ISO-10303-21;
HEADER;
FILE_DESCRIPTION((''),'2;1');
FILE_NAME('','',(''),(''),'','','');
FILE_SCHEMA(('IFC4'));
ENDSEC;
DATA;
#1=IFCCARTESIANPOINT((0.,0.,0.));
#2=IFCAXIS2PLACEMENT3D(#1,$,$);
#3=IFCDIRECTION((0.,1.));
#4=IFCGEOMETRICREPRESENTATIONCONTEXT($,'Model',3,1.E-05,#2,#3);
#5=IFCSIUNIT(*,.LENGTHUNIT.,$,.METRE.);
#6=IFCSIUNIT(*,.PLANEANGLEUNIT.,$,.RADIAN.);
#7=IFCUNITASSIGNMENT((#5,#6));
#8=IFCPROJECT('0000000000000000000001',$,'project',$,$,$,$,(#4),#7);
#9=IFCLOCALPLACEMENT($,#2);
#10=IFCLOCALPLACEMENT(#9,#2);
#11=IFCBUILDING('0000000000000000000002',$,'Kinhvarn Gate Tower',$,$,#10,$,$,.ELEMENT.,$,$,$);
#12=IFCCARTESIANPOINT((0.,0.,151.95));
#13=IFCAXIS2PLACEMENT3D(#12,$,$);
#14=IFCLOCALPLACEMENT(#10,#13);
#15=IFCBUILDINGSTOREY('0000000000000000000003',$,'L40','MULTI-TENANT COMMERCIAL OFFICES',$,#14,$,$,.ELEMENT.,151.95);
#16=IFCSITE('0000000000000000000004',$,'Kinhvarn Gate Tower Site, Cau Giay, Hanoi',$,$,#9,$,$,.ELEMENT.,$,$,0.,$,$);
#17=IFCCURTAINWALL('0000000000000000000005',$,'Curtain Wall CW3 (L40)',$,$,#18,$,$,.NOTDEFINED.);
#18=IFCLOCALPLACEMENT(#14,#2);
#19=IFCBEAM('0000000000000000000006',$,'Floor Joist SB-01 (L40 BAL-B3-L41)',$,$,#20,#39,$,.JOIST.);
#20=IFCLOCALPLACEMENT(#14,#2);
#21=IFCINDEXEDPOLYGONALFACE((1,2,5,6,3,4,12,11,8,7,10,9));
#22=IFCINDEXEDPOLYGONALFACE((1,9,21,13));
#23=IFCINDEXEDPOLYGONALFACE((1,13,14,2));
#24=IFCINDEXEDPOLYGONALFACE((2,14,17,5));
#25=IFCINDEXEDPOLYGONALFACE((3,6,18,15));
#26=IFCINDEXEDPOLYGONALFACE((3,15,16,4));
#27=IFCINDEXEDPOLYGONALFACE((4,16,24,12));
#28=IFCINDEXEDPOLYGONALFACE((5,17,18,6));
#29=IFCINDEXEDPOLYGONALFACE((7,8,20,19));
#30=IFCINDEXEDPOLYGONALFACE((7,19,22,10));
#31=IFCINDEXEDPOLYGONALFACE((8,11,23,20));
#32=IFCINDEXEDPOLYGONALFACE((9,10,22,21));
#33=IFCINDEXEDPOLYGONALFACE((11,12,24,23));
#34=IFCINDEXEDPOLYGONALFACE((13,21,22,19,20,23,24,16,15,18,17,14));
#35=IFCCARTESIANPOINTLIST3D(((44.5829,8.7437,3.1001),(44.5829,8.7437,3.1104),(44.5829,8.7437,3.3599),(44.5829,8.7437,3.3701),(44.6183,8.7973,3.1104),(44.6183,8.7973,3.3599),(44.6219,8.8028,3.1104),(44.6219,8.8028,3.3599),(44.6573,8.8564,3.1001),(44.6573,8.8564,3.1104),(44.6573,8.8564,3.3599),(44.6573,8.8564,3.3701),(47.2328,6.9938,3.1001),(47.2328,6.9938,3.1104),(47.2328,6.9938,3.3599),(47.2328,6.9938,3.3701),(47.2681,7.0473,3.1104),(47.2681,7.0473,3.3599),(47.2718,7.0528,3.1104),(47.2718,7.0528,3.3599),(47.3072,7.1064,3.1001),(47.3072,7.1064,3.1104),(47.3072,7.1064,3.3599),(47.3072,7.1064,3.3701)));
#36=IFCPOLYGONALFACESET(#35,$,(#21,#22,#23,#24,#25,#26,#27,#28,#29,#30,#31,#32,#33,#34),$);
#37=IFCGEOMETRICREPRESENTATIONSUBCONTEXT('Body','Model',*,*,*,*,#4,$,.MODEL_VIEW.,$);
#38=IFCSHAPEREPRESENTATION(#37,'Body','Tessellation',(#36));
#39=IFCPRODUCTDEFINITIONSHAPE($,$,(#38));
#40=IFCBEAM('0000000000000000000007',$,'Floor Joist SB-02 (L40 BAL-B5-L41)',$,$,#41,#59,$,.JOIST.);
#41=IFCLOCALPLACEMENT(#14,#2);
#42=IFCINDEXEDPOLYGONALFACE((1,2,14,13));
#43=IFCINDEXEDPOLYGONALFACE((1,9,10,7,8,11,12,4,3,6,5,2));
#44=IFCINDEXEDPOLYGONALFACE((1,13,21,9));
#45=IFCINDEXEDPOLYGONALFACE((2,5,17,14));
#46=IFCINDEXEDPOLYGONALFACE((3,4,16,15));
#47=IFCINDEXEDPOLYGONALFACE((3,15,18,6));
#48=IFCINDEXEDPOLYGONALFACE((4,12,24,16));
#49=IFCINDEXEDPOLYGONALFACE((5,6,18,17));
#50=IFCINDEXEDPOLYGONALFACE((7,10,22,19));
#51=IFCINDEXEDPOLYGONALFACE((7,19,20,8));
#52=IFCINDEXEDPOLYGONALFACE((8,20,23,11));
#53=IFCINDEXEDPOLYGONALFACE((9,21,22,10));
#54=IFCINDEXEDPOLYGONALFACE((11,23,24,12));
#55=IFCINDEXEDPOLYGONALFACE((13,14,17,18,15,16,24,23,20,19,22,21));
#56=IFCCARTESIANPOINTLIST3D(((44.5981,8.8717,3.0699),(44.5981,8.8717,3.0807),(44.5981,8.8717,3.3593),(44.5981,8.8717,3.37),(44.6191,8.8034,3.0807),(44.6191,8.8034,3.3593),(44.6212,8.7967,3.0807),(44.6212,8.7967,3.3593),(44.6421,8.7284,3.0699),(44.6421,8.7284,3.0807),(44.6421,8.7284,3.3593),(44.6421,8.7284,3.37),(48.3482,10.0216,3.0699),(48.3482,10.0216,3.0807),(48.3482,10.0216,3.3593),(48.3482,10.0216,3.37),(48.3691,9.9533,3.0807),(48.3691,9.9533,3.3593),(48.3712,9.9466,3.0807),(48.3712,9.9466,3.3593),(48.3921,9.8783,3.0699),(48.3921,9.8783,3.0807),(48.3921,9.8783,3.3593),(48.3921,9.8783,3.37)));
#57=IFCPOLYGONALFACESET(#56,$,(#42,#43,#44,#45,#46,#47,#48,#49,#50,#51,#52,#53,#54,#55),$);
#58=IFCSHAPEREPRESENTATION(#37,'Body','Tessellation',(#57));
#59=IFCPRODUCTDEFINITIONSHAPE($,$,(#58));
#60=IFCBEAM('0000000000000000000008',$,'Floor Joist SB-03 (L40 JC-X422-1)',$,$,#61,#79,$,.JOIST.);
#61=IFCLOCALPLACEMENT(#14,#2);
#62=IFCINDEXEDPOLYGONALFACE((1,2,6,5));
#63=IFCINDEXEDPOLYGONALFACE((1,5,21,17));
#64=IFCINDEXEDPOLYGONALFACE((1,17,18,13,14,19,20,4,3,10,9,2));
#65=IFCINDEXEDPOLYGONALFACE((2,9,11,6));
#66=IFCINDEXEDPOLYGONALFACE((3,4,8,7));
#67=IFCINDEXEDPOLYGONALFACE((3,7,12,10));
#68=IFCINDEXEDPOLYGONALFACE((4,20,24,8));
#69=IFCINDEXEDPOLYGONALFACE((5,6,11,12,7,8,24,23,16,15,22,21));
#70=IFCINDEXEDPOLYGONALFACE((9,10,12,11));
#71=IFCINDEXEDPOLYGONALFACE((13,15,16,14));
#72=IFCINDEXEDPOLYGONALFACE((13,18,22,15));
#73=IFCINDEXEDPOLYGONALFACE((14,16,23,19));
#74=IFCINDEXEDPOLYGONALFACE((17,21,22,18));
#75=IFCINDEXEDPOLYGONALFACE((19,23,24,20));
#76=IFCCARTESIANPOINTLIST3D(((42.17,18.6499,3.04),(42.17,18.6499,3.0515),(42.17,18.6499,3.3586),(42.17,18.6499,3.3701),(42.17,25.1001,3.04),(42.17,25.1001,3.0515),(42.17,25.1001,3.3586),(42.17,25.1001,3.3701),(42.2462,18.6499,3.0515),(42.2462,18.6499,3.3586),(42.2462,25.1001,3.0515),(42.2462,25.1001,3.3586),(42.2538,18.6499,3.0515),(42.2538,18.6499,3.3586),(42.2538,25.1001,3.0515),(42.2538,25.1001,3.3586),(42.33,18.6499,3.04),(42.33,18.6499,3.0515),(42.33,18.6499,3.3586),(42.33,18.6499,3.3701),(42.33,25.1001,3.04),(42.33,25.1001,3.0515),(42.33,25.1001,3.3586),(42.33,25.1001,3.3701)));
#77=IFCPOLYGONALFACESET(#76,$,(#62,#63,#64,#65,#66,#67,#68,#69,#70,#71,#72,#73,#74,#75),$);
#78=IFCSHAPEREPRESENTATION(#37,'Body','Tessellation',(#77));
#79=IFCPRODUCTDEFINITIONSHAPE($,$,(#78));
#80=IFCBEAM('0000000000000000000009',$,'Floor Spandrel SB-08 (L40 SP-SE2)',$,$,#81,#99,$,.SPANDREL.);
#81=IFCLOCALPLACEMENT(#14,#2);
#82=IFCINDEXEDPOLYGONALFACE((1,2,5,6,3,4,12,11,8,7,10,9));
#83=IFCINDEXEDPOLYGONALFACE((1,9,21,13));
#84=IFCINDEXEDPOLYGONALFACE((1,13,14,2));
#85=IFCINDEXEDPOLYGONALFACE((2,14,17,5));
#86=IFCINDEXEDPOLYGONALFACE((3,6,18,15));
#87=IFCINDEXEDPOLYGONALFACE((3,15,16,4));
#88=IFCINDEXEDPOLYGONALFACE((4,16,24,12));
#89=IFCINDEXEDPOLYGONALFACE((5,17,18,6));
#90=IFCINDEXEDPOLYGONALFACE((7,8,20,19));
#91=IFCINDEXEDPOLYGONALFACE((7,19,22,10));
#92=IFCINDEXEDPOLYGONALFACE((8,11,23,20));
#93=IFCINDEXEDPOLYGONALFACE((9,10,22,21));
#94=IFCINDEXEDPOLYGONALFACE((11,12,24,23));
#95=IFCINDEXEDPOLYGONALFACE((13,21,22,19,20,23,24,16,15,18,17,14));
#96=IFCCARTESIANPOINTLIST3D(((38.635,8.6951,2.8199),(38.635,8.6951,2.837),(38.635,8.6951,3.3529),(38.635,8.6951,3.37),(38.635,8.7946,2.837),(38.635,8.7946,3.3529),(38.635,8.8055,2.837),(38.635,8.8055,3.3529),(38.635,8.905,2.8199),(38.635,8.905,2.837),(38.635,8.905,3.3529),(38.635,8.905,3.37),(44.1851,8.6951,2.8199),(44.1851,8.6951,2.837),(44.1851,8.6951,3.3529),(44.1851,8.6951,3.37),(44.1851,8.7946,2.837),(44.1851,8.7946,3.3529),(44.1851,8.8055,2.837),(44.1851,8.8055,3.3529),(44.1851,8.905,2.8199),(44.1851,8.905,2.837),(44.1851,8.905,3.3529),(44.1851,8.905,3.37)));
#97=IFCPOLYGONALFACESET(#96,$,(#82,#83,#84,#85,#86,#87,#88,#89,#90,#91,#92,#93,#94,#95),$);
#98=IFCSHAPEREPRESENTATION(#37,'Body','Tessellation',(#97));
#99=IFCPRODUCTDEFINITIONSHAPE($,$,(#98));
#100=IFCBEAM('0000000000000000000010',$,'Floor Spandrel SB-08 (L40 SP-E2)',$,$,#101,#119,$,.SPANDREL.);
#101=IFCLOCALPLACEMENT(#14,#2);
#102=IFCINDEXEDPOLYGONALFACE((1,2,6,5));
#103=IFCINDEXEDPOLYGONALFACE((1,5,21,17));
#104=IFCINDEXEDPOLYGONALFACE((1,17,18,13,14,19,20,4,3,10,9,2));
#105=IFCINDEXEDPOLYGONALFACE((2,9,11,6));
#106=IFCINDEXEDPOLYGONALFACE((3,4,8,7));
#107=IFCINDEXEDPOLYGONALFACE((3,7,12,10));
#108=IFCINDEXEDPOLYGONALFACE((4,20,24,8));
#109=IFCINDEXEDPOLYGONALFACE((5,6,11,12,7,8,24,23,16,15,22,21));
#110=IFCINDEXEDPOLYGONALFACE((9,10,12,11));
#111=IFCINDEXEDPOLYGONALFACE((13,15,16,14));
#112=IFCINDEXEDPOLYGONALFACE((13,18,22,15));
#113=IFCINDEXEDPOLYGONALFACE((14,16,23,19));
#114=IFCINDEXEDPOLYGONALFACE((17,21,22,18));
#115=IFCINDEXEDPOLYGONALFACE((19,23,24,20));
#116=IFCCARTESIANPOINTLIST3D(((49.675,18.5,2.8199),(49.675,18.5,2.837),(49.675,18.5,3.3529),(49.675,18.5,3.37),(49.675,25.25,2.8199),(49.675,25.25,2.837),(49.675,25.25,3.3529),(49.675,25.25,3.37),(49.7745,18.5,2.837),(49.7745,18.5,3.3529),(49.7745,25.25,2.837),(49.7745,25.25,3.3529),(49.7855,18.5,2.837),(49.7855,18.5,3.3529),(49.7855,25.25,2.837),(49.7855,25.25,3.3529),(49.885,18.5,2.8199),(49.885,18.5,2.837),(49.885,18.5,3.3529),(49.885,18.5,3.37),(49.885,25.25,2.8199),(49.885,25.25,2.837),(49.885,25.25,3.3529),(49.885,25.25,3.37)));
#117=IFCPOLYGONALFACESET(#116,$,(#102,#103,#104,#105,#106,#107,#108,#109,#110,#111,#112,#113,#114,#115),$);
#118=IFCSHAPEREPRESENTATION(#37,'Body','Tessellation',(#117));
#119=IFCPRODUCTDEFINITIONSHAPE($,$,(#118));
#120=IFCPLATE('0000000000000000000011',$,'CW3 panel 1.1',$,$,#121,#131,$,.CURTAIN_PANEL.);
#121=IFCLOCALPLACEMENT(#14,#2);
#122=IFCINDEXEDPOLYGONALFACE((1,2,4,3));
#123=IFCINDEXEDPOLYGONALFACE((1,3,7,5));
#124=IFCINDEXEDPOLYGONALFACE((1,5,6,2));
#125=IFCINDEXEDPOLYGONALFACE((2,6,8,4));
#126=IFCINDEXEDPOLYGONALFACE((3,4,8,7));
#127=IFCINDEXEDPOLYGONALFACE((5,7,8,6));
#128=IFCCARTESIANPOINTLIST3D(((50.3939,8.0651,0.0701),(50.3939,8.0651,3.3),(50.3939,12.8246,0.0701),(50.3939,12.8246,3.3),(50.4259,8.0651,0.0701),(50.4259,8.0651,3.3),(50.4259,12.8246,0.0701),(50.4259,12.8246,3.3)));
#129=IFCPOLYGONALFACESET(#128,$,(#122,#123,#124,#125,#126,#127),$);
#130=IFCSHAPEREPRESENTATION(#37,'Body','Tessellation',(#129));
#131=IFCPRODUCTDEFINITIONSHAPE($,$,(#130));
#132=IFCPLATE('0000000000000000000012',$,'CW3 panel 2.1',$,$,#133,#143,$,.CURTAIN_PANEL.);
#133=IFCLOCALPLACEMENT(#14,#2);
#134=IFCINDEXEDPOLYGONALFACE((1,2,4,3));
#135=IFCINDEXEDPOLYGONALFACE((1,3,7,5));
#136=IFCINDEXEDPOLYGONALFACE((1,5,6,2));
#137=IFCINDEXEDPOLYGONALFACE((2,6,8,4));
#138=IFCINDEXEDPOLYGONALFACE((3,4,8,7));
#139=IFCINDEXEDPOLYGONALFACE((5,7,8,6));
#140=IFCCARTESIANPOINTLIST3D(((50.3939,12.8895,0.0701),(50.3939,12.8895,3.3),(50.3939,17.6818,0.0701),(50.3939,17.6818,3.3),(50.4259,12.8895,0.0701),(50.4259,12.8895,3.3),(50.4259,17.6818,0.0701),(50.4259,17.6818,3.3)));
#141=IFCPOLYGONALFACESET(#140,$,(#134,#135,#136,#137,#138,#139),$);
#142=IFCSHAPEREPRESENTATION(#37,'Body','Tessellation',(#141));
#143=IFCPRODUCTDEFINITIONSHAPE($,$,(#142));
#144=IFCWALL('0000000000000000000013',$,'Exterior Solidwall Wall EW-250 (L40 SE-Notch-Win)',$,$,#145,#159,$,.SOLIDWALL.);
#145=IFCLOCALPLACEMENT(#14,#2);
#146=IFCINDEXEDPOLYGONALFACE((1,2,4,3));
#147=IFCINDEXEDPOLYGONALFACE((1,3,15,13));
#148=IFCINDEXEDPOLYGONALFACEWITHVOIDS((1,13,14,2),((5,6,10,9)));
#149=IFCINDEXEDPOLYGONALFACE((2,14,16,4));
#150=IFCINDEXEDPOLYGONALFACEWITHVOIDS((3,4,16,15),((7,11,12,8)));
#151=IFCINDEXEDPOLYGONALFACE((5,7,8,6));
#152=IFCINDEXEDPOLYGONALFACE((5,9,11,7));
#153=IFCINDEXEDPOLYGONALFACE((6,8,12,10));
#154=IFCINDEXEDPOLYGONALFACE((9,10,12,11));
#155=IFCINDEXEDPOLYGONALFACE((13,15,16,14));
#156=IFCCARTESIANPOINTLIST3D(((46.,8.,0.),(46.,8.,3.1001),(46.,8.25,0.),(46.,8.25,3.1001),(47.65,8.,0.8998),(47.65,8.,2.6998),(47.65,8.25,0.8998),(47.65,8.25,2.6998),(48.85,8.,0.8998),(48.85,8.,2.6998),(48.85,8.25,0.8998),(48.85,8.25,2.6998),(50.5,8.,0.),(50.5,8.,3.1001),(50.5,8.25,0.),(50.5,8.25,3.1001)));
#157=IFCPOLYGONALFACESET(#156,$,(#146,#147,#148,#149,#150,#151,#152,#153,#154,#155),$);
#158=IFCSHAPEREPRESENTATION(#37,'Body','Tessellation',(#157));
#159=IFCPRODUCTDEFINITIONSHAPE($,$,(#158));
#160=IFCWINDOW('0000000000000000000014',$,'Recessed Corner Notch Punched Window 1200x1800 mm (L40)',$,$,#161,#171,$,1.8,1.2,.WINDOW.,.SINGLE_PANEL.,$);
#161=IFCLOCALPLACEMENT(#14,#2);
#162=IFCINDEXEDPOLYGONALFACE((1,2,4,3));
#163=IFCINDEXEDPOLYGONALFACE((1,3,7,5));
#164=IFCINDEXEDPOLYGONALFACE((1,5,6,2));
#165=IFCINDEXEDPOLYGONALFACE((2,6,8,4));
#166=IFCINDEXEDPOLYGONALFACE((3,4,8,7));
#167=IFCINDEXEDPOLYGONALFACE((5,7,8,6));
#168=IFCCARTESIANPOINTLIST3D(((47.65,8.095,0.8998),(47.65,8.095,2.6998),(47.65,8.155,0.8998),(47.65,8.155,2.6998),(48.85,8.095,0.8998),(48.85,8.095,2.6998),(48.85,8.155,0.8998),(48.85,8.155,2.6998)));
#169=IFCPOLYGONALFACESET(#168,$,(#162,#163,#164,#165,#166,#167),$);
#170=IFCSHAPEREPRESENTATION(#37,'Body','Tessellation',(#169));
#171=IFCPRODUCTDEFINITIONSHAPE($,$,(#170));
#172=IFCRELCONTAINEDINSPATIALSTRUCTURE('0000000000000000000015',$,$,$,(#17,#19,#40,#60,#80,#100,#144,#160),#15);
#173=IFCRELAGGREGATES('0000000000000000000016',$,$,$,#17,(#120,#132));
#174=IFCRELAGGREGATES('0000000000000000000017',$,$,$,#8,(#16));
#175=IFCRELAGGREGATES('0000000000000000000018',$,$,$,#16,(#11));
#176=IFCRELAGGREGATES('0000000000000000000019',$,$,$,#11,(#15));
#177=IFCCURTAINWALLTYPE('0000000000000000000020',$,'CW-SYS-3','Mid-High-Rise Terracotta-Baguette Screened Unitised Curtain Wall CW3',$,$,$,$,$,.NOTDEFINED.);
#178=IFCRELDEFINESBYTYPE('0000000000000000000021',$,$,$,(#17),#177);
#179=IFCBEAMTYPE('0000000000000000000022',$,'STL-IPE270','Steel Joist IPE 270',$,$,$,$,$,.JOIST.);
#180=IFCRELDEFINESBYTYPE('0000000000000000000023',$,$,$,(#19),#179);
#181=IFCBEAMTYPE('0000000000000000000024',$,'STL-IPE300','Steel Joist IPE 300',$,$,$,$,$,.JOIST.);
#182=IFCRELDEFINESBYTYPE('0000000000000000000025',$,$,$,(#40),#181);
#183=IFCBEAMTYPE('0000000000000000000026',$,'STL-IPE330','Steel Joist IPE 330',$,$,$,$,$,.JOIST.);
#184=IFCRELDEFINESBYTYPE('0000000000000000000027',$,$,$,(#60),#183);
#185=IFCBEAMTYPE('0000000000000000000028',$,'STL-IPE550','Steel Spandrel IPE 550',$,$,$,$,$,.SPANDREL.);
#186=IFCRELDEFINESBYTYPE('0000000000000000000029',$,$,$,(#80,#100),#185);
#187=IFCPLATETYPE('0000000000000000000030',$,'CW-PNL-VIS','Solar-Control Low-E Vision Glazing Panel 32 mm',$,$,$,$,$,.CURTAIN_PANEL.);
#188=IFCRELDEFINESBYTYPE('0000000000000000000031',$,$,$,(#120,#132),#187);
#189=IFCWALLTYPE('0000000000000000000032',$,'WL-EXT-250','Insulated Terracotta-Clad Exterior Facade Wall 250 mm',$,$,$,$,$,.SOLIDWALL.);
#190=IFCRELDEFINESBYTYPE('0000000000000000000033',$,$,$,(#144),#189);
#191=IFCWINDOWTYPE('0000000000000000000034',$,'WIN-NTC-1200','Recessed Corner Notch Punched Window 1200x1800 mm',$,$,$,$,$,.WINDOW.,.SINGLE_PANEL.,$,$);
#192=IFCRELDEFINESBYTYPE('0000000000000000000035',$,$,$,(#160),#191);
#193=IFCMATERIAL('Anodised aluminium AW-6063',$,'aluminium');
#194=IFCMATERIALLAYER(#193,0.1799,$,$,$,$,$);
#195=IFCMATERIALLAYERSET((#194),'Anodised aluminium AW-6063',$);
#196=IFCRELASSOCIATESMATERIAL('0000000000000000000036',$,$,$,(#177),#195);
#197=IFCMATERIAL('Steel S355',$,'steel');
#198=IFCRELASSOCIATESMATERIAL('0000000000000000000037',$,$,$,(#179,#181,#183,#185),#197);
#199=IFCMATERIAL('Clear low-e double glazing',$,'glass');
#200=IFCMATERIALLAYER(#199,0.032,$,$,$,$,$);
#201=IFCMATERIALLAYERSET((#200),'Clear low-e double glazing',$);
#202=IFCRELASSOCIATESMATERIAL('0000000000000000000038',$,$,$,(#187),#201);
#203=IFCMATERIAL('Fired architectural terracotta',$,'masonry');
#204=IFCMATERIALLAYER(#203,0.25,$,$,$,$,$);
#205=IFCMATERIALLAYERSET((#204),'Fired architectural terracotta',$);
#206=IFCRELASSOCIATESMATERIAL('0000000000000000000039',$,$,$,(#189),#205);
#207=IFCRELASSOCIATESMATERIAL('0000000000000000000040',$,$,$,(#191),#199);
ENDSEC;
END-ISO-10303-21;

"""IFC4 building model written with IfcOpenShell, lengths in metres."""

from ifc_helpers import new_model, si_unit, direction, frame, frame_2d, origin, origin_2d, place, context, subcontext, project, spatial, rectangle, i_section, extrude, material, layer, layer_set, material_profile, profile_set, type_object, element, fill, aggregate, save


model = new_model("IFC4")

# Units and contexts
model_context = context("Model", 3, precision=1e-05, world=origin(), true_north=direction((0.0, 1.0)))
body_context = subcontext(model_context, "Body", "Model", "MODEL_VIEW")
ifc_project = project(units=[si_unit("LENGTHUNIT", "METRE"), si_unit("PLANEANGLEUNIT", "RADIAN")], contexts=[model_context])

# Site, building, storey
site_placement = place(None, origin())
site = spatial("IfcSite", under=ifc_project, at=site_placement, Name="Kinhvarn Gate Tower Site, Cau Giay, Hanoi", CompositionType="ELEMENT", RefElevation=0.0)
building_placement = place(site_placement, origin())
building = spatial("IfcBuilding", under=site, at=building_placement, Name="Kinhvarn Gate Tower", CompositionType="ELEMENT")
storey_placement = place(building_placement, frame((0.0, 0.0, 151.95)))
storey = spatial("IfcBuildingStorey", under=building, at=storey_placement, Name="L40", Description="MULTI-TENANT COMMERCIAL OFFICES", CompositionType="ELEMENT", Elevation=151.95)

# Curtain wall
ifc_material_1 = material(Name="Anodised aluminium AW-6063", Category="aluminium")
ifc_layer_1 = layer(ifc_material_1, 0.1799)
ifc_layer_set_1 = layer_set([ifc_layer_1], Name="Anodised aluminium AW-6063")
curtain_wall_type = type_object("IfcCurtainWallType", Name="CW-SYS-3", Description="Mid-High-Rise Terracotta-Baguette Screened Unitised Curtain Wall CW3", PredefinedType="NOTDEFINED", material=ifc_layer_set_1)
curtain_wall_placement = place(storey_placement, origin())
curtain_wall = element("IfcCurtainWall", 1, at=curtain_wall_placement, inside=storey, type_object=curtain_wall_type, Name="Curtain Wall CW3 (L40)", PredefinedType="NOTDEFINED")

# Beams
ifc_material_2 = material(Name="Steel S355", Category="steel")
ifc_material_profile_1 = material_profile(ifc_material_2, i_section(OverallWidth=0.135, OverallDepth=0.27, WebThickness=0.0066, FlangeThickness=0.0103, at=origin_2d()), Name="IPE 270")
ifc_profile_set_1 = profile_set([ifc_material_profile_1], Name="Steel S355")
beam_type_1 = type_object("IfcBeamType", Name="STL-IPE270", Description="Steel Joist IPE 270", PredefinedType="JOIST", material=ifc_profile_set_1)
beam_1_placement = place(storey_placement, frame((44.6201, 8.8, 3.2351), z_axis=(0.834455, -0.551076, 0.0), x_axis=(0.551076, 0.834455, 0.0)))
element("IfcBeam", 2, at=beam_1_placement, inside=storey, type_object=beam_type_1, Name="Floor Joist SB-01 (L40 BAL-B3-L41)", PredefinedType="JOIST", context=body_context, shape_type="SweptSolid", body=[
    extrude(i_section(OverallWidth=0.135, OverallDepth=0.27, WebThickness=0.0066, FlangeThickness=0.0103, at=origin_2d()), origin(), (0.0, 0.0, 1.0), 3.1755),
])
ifc_material_profile_2 = material_profile(ifc_material_2, i_section(OverallWidth=0.1499, OverallDepth=0.3, WebThickness=0.0071, FlangeThickness=0.0107, at=origin_2d()), Name="IPE 300")
ifc_profile_set_2 = profile_set([ifc_material_profile_2], Name="Steel S355")
beam_type_2 = type_object("IfcBeamType", Name="STL-IPE300", Description="Steel Joist IPE 300", PredefinedType="JOIST", material=ifc_profile_set_2)
beam_2_placement = place(storey_placement, frame((44.6201, 8.8, 3.22), z_axis=(0.956061, 0.293167, 0.0), x_axis=(-0.293167, 0.956061, 0.0)))
element("IfcBeam", 3, at=beam_2_placement, inside=storey, type_object=beam_type_2, Name="Floor Joist SB-02 (L40 BAL-B5-L41)", PredefinedType="JOIST", context=body_context, shape_type="SweptSolid", body=[
    extrude(i_section(OverallWidth=0.1499, OverallDepth=0.3, WebThickness=0.0071, FlangeThickness=0.0107, at=origin_2d()), origin(), (0.0, 0.0, 1.0), 3.9224),
])
ifc_material_profile_3 = material_profile(ifc_material_2, i_section(OverallWidth=0.1599, OverallDepth=0.3301, WebThickness=0.0076, FlangeThickness=0.0115, at=origin_2d()), Name="IPE 330")
ifc_profile_set_3 = profile_set([ifc_material_profile_3], Name="Steel S355")
beam_type_3 = type_object("IfcBeamType", Name="STL-IPE330", Description="Steel Joist IPE 330", PredefinedType="JOIST", material=ifc_profile_set_3)
beam_3_placement = place(storey_placement, frame((42.25, 18.6499, 3.2051), z_axis=(0.0, 1.0, 0.0), x_axis=(-1.0, 0.0, 0.0)))
element("IfcBeam", 4, at=beam_3_placement, inside=storey, type_object=beam_type_3, Name="Floor Joist SB-03 (L40 JC-X422-1)", PredefinedType="JOIST", context=body_context, shape_type="SweptSolid", body=[
    extrude(i_section(OverallWidth=0.1599, OverallDepth=0.3301, WebThickness=0.0076, FlangeThickness=0.0115, at=origin_2d()), origin(), (0.0, 0.0, 1.0), 6.4502),
])
ifc_material_profile_4 = material_profile(ifc_material_2, i_section(OverallWidth=0.21, OverallDepth=0.55, WebThickness=0.011, FlangeThickness=0.0171, at=origin_2d()), Name="IPE 550")
ifc_profile_set_4 = profile_set([ifc_material_profile_4], Name="Steel S355")
beam_type_4 = type_object("IfcBeamType", Name="STL-IPE550", Description="Steel Spandrel IPE 550", PredefinedType="SPANDREL", material=ifc_profile_set_4)
beam_4_placement = place(storey_placement, frame((38.635, 8.8, 3.095), z_axis=(1.0, 0.0, 0.0), x_axis=(0.0, 1.0, 0.0)))
element("IfcBeam", 5, at=beam_4_placement, inside=storey, type_object=beam_type_4, Name="Floor Spandrel SB-08 (L40 SP-SE2)", PredefinedType="SPANDREL", context=body_context, shape_type="SweptSolid", body=[
    extrude(i_section(OverallWidth=0.21, OverallDepth=0.55, WebThickness=0.011, FlangeThickness=0.0171, at=origin_2d()), origin(), (0.0, 0.0, 1.0), 5.55),
])
beam_5_placement = place(storey_placement, frame((49.78, 18.5, 3.095), z_axis=(0.0, 1.0, 0.0), x_axis=(-1.0, 0.0, 0.0)))
element("IfcBeam", 6, at=beam_5_placement, inside=storey, type_object=beam_type_4, Name="Floor Spandrel SB-08 (L40 SP-E2)", PredefinedType="SPANDREL", context=body_context, shape_type="SweptSolid", body=[
    extrude(i_section(OverallWidth=0.21, OverallDepth=0.55, WebThickness=0.011, FlangeThickness=0.0171, at=origin_2d()), origin(), (0.0, 0.0, 1.0), 6.75),
])

# Plates
ifc_material_3 = material(Name="Clear low-e double glazing", Category="glass")
ifc_layer_2 = layer(ifc_material_3, 0.032)
ifc_layer_set_2 = layer_set([ifc_layer_2], Name="Clear low-e double glazing")
plate_type = type_object("IfcPlateType", Name="CW-PNL-VIS", Description="Solar-Control Low-E Vision Glazing Panel 32 mm", PredefinedType="CURTAIN_PANEL", material=ifc_layer_set_2)
plate_1_placement = place(storey_placement, frame((50.4099, 10.4448, 0.0701), z_axis=(0.0, 0.0, 1.0), x_axis=(0.0, 1.0, 0.0)))
plate_1 = element("IfcPlate", 7, at=plate_1_placement, type_object=plate_type, Name="CW3 panel 1.1", PredefinedType="CURTAIN_PANEL", context=body_context, shape_type="SweptSolid", body=[
    extrude(rectangle(XDim=4.7595, YDim=0.032, at=origin_2d()), origin(), (0.0, 0.0, 1.0), 3.23),
])
plate_2_placement = place(storey_placement, frame((50.4099, 15.2856, 0.0701), z_axis=(0.0, 0.0, 1.0), x_axis=(0.0, 1.0, 0.0)))
plate_2 = element("IfcPlate", 8, at=plate_2_placement, type_object=plate_type, Name="CW3 panel 2.1", PredefinedType="CURTAIN_PANEL", context=body_context, shape_type="SweptSolid", body=[
    extrude(rectangle(XDim=4.7922, YDim=0.032, at=origin_2d()), origin(), (0.0, 0.0, 1.0), 3.23),
])
aggregate(curtain_wall, [plate_1, plate_2])

# Wall, opening, window
ifc_material_4 = material(Name="Fired architectural terracotta", Category="masonry")
ifc_layer_3 = layer(ifc_material_4, 0.25)
ifc_layer_set_3 = layer_set([ifc_layer_3], Name="Fired architectural terracotta")
wall_type = type_object("IfcWallType", Name="WL-EXT-250", Description="Insulated Terracotta-Clad Exterior Facade Wall 250 mm", PredefinedType="SOLIDWALL", material=ifc_layer_set_3)
wall_placement = place(storey_placement, frame((46.0, 8.125, 0.0), z_axis=(0.0, 0.0, 1.0), x_axis=(1.0, 0.0, 0.0)))
wall = element("IfcWall", 9, at=wall_placement, inside=storey, type_object=wall_type, Name="Exterior Solidwall Wall EW-250 (L40 SE-Notch-Win)", PredefinedType="SOLIDWALL", context=body_context, shape_type="SweptSolid", body=[
    extrude(rectangle(XDim=4.5, YDim=0.25, at=frame_2d((2.25, 0.0))), origin(), (0.0, 0.0, 1.0), 3.1001),
])
opening_placement = place(wall_placement, frame((1.6499, 0.0, 0.8999)))
opening = element("IfcOpeningElement", 10, at=opening_placement, cuts=wall, PredefinedType="OPENING", context=body_context, shape_type="SweptSolid", body=[
    extrude(rectangle(XDim=1.2, YDim=1.8, at=frame_2d((0.6001, 0.8999))), frame((0.0, 0.135, 0.0), z_axis=(0.0, -1.0, 0.0), x_axis=(1.0, 0.0, 0.0)), (0.0, 0.0, 1.0), 0.27),
])
window_type = type_object("IfcWindowType", Name="WIN-NTC-1200", Description="Recessed Corner Notch Punched Window 1200x1800 mm", PartitioningType="SINGLE_PANEL", PredefinedType="WINDOW", material=ifc_material_3)
window_placement = place(opening_placement, origin())
window = element("IfcWindow", 11, at=window_placement, inside=storey, type_object=window_type, Name="Recessed Corner Notch Punched Window 1200x1800 mm (L40)", OverallHeight=1.8, OverallWidth=1.2, PartitioningType="SINGLE_PANEL", PredefinedType="WINDOW", context=body_context, shape_type="SweptSolid", body=[
    extrude(rectangle(XDim=1.2, YDim=1.8, at=frame_2d((0.6001, 0.8999))), frame((0.0, 0.03, 0.0), z_axis=(0.0, -1.0, 0.0), x_axis=(1.0, 0.0, 0.0)), (0.0, 0.0, 1.0), 0.0601),
])
fill(opening, window)

save(model, "model.ifc")
